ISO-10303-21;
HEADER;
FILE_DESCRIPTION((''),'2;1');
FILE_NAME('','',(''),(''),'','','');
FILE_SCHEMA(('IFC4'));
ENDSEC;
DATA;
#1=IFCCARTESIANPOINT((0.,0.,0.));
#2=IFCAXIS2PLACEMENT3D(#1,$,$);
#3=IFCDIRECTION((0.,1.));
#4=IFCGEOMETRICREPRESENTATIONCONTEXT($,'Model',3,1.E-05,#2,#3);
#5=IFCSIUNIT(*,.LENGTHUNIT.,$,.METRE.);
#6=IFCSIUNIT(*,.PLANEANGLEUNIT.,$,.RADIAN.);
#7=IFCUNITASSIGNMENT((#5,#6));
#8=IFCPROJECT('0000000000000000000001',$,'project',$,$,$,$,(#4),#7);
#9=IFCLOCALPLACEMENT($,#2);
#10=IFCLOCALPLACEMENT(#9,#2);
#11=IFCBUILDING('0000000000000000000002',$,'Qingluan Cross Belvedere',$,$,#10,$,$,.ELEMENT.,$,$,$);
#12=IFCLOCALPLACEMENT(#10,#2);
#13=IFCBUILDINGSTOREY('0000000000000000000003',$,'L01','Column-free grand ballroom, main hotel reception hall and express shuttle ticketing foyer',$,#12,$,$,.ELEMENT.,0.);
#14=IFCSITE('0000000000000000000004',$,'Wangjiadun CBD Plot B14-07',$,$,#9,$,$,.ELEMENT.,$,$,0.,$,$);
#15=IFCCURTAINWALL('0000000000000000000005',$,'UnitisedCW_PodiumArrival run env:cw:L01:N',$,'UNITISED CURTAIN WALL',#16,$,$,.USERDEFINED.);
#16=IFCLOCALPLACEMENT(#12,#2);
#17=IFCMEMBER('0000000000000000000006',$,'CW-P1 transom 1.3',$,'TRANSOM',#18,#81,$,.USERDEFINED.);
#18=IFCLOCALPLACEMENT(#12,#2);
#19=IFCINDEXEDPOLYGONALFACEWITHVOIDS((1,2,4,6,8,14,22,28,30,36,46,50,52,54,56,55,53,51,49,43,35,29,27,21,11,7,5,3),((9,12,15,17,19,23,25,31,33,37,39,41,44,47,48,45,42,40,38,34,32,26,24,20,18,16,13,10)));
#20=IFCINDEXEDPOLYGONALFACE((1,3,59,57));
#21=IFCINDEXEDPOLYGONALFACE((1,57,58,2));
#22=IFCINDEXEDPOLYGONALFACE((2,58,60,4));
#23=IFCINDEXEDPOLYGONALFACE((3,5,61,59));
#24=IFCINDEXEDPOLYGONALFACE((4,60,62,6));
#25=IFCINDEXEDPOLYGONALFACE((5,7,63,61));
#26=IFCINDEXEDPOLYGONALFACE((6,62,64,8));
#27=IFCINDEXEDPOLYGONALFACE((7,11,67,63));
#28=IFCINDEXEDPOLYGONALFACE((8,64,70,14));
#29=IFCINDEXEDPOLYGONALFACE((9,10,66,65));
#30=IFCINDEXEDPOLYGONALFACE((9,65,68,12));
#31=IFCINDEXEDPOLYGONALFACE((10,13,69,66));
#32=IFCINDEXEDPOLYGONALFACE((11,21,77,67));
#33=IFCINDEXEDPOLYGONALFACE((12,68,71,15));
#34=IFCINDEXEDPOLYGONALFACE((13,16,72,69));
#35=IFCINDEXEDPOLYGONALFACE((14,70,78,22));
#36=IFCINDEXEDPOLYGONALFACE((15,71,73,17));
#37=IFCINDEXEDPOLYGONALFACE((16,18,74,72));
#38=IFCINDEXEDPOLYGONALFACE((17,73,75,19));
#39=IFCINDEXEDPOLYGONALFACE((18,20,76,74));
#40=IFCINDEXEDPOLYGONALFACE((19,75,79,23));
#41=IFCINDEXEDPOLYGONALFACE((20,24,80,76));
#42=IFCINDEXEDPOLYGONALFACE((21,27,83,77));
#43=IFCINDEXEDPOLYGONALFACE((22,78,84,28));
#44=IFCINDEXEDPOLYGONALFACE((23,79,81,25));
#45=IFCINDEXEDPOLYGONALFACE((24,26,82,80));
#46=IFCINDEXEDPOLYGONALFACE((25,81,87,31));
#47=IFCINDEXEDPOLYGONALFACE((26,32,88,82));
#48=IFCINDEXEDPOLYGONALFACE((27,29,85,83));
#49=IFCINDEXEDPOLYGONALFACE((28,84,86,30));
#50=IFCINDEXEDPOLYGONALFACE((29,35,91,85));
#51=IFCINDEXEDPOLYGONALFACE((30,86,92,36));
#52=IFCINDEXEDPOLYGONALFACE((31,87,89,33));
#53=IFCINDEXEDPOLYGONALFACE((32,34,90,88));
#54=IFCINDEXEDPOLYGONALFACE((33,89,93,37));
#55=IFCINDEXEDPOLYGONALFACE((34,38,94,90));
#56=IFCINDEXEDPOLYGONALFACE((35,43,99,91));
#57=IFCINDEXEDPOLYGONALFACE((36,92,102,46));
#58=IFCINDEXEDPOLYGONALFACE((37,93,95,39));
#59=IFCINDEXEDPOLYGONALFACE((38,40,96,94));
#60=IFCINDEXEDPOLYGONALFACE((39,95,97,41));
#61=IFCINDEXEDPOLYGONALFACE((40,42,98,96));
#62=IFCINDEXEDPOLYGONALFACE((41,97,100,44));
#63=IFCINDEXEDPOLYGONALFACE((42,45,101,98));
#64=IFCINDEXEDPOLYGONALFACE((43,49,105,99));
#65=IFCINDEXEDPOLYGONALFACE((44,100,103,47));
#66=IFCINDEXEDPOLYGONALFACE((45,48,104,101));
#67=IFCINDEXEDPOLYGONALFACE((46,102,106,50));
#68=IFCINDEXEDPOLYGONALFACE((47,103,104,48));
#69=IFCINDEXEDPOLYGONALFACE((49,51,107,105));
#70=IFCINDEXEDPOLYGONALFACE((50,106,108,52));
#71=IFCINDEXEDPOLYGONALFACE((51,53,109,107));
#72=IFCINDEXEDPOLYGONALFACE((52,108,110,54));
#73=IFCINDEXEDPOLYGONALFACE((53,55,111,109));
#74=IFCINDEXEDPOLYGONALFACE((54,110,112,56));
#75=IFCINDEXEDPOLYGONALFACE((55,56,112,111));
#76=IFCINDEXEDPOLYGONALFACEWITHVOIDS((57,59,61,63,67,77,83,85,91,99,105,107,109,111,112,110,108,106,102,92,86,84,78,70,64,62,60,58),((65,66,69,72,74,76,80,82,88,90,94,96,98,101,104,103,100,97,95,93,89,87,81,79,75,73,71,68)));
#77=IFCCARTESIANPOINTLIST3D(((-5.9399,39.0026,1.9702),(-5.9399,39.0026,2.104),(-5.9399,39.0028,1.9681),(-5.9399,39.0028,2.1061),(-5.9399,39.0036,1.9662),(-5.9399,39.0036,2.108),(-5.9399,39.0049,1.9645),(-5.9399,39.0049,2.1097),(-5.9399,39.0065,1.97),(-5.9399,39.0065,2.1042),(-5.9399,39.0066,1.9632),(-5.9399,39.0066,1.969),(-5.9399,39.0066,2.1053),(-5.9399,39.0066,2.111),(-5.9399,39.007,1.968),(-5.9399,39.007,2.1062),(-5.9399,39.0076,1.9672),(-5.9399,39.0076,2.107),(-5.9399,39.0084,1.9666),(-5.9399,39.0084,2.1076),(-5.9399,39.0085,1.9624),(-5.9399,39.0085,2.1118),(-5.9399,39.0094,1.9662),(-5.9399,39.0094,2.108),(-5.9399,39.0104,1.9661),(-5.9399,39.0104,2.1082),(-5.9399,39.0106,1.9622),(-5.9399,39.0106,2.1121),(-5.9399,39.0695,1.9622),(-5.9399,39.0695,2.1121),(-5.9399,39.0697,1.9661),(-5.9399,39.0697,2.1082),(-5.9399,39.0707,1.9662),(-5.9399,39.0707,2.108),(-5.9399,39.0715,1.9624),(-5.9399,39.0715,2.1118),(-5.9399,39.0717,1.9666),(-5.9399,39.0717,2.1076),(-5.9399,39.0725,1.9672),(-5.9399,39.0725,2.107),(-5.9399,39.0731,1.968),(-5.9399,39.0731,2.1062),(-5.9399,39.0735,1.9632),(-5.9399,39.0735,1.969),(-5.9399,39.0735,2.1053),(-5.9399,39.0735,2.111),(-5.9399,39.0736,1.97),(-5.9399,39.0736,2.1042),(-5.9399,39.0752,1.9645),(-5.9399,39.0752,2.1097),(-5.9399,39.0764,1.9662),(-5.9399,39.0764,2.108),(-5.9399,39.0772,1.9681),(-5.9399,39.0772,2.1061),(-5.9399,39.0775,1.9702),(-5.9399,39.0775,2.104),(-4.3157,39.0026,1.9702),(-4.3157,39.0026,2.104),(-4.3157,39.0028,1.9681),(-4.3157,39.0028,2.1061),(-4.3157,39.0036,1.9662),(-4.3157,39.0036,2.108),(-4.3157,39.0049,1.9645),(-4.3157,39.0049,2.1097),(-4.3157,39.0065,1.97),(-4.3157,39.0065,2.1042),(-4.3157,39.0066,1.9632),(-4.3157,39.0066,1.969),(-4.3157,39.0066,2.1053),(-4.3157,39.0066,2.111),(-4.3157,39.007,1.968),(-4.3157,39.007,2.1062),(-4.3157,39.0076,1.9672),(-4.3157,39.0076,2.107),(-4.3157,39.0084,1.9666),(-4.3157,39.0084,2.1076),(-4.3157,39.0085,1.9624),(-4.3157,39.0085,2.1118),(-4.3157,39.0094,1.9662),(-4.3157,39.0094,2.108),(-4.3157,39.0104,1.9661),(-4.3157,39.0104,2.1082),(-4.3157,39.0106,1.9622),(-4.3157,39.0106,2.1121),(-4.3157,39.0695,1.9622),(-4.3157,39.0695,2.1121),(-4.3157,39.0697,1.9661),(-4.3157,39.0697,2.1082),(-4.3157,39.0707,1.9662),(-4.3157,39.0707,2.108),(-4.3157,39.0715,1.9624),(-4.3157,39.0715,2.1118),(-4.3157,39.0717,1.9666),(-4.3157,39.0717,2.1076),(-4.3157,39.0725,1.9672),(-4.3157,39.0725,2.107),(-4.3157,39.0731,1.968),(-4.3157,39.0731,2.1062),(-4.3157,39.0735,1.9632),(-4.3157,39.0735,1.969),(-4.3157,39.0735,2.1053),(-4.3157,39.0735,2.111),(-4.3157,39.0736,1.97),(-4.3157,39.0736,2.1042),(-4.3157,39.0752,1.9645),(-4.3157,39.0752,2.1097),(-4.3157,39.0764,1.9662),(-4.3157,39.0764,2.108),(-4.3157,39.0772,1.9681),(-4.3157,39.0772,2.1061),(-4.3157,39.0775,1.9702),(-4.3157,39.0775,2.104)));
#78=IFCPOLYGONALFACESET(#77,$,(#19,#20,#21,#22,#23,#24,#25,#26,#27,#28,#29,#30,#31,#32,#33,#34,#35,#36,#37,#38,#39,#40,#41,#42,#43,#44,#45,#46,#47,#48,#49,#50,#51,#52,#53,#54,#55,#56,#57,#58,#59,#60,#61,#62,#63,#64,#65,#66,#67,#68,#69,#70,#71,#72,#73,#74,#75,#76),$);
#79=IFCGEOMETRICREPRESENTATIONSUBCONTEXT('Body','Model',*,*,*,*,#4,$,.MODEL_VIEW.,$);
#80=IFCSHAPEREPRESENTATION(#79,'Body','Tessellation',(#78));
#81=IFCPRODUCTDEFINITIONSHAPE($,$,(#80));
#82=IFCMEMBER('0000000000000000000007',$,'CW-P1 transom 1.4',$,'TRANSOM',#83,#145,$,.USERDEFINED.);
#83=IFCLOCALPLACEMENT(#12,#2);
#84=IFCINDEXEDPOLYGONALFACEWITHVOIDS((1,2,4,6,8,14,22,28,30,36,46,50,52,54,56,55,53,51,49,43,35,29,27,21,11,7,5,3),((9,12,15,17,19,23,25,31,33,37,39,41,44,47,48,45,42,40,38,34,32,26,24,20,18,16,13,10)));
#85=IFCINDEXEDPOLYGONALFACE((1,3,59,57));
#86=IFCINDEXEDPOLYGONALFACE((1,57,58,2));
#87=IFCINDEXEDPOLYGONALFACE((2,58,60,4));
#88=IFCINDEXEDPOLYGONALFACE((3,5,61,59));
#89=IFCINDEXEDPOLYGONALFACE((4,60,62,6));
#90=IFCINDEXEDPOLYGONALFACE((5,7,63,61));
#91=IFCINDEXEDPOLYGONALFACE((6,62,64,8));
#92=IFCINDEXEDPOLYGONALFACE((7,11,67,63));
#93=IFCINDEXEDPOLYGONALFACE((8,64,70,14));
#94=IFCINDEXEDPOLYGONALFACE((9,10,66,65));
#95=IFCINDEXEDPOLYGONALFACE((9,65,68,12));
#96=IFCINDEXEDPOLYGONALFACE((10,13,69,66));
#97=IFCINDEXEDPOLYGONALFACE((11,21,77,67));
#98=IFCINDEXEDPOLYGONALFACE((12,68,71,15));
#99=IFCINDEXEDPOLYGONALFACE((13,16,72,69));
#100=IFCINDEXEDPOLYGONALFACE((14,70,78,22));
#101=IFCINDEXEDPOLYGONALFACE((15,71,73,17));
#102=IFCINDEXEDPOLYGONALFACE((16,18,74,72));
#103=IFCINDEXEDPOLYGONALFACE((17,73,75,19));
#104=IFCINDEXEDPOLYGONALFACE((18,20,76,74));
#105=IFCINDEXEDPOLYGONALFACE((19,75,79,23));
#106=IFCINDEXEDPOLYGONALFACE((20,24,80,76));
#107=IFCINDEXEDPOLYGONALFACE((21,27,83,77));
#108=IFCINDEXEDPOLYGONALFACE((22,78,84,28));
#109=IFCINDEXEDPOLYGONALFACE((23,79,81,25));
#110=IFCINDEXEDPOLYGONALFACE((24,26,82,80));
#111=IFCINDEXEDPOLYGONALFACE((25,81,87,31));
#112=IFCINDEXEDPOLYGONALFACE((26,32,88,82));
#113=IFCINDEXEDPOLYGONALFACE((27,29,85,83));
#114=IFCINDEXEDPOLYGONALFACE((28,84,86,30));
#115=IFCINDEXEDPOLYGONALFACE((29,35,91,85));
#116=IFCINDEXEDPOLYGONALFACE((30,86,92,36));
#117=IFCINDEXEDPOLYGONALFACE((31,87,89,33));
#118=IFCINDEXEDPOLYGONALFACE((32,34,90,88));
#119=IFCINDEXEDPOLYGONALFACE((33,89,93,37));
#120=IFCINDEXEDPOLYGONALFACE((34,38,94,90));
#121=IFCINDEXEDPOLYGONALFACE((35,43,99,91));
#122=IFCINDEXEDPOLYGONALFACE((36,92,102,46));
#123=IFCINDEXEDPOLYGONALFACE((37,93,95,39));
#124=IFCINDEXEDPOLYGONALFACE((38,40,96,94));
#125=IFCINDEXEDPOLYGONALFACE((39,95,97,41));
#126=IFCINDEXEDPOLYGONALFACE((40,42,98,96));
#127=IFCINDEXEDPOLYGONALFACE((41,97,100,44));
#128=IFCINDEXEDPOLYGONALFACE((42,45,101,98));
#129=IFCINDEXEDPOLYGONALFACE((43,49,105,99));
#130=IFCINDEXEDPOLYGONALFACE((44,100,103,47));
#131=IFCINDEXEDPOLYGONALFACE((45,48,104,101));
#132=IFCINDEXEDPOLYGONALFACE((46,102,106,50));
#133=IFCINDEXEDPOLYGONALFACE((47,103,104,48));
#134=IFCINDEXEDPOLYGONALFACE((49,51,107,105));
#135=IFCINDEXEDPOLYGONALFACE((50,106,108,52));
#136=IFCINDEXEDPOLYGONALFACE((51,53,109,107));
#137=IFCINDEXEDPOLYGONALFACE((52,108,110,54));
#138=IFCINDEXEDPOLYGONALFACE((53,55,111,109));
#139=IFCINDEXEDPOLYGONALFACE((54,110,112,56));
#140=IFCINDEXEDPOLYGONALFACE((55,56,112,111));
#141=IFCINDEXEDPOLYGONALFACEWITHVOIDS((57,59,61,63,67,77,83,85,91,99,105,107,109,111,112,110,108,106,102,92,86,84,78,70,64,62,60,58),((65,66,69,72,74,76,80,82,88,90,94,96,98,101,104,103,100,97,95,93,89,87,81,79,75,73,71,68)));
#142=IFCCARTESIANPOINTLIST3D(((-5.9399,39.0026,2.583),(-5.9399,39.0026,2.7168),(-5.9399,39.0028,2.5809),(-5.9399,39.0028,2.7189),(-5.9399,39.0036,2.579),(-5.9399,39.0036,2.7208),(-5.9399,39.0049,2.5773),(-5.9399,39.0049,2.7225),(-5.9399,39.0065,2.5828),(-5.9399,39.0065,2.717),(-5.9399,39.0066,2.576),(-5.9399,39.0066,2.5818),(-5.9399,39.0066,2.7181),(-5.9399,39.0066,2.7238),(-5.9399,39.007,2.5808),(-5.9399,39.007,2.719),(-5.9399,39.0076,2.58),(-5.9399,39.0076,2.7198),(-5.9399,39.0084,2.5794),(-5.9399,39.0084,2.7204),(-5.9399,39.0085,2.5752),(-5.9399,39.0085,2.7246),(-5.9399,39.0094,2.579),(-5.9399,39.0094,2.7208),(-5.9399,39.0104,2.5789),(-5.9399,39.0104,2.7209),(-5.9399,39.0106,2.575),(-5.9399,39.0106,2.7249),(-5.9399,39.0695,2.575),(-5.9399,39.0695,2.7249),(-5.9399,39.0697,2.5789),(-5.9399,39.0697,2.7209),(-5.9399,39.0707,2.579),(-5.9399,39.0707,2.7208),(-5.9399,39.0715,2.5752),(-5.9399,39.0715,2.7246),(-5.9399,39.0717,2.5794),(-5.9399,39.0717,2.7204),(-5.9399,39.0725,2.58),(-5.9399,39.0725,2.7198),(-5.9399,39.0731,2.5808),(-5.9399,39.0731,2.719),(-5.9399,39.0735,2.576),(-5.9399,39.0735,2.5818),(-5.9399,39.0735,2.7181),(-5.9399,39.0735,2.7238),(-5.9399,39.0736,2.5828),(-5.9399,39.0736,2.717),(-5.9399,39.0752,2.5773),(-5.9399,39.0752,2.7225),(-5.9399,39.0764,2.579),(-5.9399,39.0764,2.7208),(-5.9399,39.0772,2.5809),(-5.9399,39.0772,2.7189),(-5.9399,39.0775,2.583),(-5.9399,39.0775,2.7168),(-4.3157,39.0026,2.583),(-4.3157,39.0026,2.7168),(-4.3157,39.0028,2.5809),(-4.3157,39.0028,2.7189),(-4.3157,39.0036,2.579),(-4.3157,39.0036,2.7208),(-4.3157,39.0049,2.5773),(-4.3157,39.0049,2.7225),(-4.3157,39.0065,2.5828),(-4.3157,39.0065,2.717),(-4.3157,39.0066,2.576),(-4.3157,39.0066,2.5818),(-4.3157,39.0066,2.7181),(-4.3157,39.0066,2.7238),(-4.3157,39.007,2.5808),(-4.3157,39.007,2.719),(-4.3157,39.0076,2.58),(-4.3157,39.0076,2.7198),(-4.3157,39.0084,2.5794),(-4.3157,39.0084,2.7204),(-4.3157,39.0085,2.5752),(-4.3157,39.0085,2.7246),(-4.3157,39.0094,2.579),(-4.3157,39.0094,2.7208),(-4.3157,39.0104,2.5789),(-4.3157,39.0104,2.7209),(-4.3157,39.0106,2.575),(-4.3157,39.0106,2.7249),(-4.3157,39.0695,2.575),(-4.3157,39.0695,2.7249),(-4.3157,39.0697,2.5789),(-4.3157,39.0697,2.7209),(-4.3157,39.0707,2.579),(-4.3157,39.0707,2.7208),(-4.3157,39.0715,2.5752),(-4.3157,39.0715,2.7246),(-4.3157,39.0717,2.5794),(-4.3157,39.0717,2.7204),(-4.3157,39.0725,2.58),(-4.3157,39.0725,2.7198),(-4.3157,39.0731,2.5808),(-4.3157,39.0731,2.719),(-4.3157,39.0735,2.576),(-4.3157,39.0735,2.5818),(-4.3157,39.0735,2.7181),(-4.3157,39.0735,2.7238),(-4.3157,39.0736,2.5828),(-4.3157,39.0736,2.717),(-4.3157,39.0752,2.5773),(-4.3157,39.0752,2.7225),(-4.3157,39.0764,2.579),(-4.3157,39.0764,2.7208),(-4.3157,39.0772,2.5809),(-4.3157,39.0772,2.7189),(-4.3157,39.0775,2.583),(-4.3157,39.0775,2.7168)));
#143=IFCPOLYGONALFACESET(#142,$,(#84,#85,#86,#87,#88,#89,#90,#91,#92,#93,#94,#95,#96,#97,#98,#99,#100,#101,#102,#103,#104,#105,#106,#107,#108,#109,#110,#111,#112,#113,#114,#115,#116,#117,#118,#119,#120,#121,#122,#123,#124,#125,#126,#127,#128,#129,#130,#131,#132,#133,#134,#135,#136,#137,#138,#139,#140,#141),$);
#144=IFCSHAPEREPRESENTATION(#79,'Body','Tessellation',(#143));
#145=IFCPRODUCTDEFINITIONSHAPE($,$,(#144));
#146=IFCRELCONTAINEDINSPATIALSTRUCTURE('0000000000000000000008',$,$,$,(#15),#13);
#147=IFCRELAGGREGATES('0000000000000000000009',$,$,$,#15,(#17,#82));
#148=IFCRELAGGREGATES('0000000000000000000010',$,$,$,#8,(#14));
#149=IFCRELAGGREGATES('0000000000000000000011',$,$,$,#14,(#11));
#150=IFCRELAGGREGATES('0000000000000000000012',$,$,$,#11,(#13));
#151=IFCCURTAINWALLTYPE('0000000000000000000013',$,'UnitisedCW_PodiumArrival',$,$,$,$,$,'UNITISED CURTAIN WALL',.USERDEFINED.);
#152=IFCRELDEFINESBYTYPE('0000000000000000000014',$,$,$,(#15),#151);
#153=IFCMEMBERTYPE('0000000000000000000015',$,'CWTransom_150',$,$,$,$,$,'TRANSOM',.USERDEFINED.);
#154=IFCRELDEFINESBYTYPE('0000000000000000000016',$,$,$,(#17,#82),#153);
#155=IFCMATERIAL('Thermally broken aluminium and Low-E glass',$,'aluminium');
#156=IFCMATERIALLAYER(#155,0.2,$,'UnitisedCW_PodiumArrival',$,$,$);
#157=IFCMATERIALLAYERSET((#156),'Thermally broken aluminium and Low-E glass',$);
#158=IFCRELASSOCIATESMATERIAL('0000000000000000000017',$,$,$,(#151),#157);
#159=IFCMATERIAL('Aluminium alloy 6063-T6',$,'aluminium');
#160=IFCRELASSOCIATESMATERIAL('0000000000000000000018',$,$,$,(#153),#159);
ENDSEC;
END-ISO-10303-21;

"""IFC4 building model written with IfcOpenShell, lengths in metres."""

from ifc_helpers import new_model, si_unit, direction, frame, origin, origin_2d, place, context, subcontext, project, spatial, hollow_rectangle, extrude, material, layer, layer_set, material_profile, profile_set, type_object, element, aggregate, save


model = new_model("IFC4")

# Units and contexts
model_context = context("Model", 3, precision=1e-05, world=origin(), true_north=direction((0.0, 1.0)))
body_context = subcontext(model_context, "Body", "Model", "MODEL_VIEW")
ifc_project = project(units=[si_unit("LENGTHUNIT", "METRE"), si_unit("PLANEANGLEUNIT", "RADIAN")], contexts=[model_context])

# Site, building, storey
site_placement = place(None, origin())
site = spatial("IfcSite", under=ifc_project, at=site_placement, Name="Wangjiadun CBD Plot B14-07", CompositionType="ELEMENT", RefElevation=0.0)
building_placement = place(site_placement, origin())
building = spatial("IfcBuilding", under=site, at=building_placement, Name="Qingluan Cross Belvedere", CompositionType="ELEMENT")
storey_placement = place(building_placement, origin())
storey = spatial("IfcBuildingStorey", under=building, at=storey_placement, Name="L01", Description="Column-free grand ballroom, main hotel reception hall and express shuttle ticketing foyer", CompositionType="ELEMENT", Elevation=0.0)

# Curtain wall, members
ifc_material_1 = material(Name="Thermally broken aluminium and Low-E glass", Category="aluminium")
ifc_layer_1 = layer(ifc_material_1, 0.2, Name="UnitisedCW_PodiumArrival")
ifc_layer_set_1 = layer_set([ifc_layer_1], Name="Thermally broken aluminium and Low-E glass")
curtain_wall_type = type_object("IfcCurtainWallType", Name="UnitisedCW_PodiumArrival", ElementType="UNITISED CURTAIN WALL", PredefinedType="USERDEFINED", material=ifc_layer_set_1)
curtain_wall_placement = place(storey_placement, origin())
curtain_wall = element("IfcCurtainWall", 1, at=curtain_wall_placement, inside=storey, type_object=curtain_wall_type, Name="UnitisedCW_PodiumArrival run env:cw:L01:N", ObjectType="UNITISED CURTAIN WALL", PredefinedType="USERDEFINED")
ifc_material_2 = material(Name="Aluminium alloy 6063-T6", Category="aluminium")
ifc_material_profile_1 = material_profile(ifc_material_2, hollow_rectangle(XDim=0.075, YDim=0.1499, WallThickness=0.0039, InnerFilletRadius=0.0039, OuterFilletRadius=0.0081, at=origin_2d()), Name="CWT150x75x4")
ifc_profile_set_1 = profile_set([ifc_material_profile_1], Name="Aluminium alloy 6063-T6")
member_type_1 = type_object("IfcMemberType", Name="CWTransom_150", ElementType="TRANSOM", PredefinedType="USERDEFINED", material=ifc_profile_set_1)
member_1_placement = place(storey_placement, frame((-5.9399, 39.04, 2.0371), z_axis=(1.0, 0.0, 0.0), x_axis=(0.0, 1.0, 0.0)))
member_1 = element("IfcMember", 2, at=member_1_placement, type_object=member_type_1, Name="CW-P1 transom 1.3", ObjectType="TRANSOM", PredefinedType="USERDEFINED", context=body_context, shape_type="SweptSolid", body=[
    extrude(hollow_rectangle(XDim=0.075, YDim=0.1499, WallThickness=0.0039, InnerFilletRadius=0.0039, OuterFilletRadius=0.0081, at=origin_2d()), origin(), (0.0, 0.0, 1.0), 1.6243),
])
member_2_placement = place(storey_placement, frame((-5.9399, 39.04, 2.6499), z_axis=(1.0, 0.0, 0.0), x_axis=(0.0, 1.0, 0.0)))
member_2 = element("IfcMember", 3, at=member_2_placement, type_object=member_type_1, Name="CW-P1 transom 1.4", ObjectType="TRANSOM", PredefinedType="USERDEFINED", context=body_context, shape_type="SweptSolid", body=[
    extrude(hollow_rectangle(XDim=0.075, YDim=0.1499, WallThickness=0.0039, InnerFilletRadius=0.0039, OuterFilletRadius=0.0081, at=origin_2d()), origin(), (0.0, 0.0, 1.0), 1.6243),
])

aggregate(curtain_wall, [member_1, member_2])

save(model, "model.ifc")
